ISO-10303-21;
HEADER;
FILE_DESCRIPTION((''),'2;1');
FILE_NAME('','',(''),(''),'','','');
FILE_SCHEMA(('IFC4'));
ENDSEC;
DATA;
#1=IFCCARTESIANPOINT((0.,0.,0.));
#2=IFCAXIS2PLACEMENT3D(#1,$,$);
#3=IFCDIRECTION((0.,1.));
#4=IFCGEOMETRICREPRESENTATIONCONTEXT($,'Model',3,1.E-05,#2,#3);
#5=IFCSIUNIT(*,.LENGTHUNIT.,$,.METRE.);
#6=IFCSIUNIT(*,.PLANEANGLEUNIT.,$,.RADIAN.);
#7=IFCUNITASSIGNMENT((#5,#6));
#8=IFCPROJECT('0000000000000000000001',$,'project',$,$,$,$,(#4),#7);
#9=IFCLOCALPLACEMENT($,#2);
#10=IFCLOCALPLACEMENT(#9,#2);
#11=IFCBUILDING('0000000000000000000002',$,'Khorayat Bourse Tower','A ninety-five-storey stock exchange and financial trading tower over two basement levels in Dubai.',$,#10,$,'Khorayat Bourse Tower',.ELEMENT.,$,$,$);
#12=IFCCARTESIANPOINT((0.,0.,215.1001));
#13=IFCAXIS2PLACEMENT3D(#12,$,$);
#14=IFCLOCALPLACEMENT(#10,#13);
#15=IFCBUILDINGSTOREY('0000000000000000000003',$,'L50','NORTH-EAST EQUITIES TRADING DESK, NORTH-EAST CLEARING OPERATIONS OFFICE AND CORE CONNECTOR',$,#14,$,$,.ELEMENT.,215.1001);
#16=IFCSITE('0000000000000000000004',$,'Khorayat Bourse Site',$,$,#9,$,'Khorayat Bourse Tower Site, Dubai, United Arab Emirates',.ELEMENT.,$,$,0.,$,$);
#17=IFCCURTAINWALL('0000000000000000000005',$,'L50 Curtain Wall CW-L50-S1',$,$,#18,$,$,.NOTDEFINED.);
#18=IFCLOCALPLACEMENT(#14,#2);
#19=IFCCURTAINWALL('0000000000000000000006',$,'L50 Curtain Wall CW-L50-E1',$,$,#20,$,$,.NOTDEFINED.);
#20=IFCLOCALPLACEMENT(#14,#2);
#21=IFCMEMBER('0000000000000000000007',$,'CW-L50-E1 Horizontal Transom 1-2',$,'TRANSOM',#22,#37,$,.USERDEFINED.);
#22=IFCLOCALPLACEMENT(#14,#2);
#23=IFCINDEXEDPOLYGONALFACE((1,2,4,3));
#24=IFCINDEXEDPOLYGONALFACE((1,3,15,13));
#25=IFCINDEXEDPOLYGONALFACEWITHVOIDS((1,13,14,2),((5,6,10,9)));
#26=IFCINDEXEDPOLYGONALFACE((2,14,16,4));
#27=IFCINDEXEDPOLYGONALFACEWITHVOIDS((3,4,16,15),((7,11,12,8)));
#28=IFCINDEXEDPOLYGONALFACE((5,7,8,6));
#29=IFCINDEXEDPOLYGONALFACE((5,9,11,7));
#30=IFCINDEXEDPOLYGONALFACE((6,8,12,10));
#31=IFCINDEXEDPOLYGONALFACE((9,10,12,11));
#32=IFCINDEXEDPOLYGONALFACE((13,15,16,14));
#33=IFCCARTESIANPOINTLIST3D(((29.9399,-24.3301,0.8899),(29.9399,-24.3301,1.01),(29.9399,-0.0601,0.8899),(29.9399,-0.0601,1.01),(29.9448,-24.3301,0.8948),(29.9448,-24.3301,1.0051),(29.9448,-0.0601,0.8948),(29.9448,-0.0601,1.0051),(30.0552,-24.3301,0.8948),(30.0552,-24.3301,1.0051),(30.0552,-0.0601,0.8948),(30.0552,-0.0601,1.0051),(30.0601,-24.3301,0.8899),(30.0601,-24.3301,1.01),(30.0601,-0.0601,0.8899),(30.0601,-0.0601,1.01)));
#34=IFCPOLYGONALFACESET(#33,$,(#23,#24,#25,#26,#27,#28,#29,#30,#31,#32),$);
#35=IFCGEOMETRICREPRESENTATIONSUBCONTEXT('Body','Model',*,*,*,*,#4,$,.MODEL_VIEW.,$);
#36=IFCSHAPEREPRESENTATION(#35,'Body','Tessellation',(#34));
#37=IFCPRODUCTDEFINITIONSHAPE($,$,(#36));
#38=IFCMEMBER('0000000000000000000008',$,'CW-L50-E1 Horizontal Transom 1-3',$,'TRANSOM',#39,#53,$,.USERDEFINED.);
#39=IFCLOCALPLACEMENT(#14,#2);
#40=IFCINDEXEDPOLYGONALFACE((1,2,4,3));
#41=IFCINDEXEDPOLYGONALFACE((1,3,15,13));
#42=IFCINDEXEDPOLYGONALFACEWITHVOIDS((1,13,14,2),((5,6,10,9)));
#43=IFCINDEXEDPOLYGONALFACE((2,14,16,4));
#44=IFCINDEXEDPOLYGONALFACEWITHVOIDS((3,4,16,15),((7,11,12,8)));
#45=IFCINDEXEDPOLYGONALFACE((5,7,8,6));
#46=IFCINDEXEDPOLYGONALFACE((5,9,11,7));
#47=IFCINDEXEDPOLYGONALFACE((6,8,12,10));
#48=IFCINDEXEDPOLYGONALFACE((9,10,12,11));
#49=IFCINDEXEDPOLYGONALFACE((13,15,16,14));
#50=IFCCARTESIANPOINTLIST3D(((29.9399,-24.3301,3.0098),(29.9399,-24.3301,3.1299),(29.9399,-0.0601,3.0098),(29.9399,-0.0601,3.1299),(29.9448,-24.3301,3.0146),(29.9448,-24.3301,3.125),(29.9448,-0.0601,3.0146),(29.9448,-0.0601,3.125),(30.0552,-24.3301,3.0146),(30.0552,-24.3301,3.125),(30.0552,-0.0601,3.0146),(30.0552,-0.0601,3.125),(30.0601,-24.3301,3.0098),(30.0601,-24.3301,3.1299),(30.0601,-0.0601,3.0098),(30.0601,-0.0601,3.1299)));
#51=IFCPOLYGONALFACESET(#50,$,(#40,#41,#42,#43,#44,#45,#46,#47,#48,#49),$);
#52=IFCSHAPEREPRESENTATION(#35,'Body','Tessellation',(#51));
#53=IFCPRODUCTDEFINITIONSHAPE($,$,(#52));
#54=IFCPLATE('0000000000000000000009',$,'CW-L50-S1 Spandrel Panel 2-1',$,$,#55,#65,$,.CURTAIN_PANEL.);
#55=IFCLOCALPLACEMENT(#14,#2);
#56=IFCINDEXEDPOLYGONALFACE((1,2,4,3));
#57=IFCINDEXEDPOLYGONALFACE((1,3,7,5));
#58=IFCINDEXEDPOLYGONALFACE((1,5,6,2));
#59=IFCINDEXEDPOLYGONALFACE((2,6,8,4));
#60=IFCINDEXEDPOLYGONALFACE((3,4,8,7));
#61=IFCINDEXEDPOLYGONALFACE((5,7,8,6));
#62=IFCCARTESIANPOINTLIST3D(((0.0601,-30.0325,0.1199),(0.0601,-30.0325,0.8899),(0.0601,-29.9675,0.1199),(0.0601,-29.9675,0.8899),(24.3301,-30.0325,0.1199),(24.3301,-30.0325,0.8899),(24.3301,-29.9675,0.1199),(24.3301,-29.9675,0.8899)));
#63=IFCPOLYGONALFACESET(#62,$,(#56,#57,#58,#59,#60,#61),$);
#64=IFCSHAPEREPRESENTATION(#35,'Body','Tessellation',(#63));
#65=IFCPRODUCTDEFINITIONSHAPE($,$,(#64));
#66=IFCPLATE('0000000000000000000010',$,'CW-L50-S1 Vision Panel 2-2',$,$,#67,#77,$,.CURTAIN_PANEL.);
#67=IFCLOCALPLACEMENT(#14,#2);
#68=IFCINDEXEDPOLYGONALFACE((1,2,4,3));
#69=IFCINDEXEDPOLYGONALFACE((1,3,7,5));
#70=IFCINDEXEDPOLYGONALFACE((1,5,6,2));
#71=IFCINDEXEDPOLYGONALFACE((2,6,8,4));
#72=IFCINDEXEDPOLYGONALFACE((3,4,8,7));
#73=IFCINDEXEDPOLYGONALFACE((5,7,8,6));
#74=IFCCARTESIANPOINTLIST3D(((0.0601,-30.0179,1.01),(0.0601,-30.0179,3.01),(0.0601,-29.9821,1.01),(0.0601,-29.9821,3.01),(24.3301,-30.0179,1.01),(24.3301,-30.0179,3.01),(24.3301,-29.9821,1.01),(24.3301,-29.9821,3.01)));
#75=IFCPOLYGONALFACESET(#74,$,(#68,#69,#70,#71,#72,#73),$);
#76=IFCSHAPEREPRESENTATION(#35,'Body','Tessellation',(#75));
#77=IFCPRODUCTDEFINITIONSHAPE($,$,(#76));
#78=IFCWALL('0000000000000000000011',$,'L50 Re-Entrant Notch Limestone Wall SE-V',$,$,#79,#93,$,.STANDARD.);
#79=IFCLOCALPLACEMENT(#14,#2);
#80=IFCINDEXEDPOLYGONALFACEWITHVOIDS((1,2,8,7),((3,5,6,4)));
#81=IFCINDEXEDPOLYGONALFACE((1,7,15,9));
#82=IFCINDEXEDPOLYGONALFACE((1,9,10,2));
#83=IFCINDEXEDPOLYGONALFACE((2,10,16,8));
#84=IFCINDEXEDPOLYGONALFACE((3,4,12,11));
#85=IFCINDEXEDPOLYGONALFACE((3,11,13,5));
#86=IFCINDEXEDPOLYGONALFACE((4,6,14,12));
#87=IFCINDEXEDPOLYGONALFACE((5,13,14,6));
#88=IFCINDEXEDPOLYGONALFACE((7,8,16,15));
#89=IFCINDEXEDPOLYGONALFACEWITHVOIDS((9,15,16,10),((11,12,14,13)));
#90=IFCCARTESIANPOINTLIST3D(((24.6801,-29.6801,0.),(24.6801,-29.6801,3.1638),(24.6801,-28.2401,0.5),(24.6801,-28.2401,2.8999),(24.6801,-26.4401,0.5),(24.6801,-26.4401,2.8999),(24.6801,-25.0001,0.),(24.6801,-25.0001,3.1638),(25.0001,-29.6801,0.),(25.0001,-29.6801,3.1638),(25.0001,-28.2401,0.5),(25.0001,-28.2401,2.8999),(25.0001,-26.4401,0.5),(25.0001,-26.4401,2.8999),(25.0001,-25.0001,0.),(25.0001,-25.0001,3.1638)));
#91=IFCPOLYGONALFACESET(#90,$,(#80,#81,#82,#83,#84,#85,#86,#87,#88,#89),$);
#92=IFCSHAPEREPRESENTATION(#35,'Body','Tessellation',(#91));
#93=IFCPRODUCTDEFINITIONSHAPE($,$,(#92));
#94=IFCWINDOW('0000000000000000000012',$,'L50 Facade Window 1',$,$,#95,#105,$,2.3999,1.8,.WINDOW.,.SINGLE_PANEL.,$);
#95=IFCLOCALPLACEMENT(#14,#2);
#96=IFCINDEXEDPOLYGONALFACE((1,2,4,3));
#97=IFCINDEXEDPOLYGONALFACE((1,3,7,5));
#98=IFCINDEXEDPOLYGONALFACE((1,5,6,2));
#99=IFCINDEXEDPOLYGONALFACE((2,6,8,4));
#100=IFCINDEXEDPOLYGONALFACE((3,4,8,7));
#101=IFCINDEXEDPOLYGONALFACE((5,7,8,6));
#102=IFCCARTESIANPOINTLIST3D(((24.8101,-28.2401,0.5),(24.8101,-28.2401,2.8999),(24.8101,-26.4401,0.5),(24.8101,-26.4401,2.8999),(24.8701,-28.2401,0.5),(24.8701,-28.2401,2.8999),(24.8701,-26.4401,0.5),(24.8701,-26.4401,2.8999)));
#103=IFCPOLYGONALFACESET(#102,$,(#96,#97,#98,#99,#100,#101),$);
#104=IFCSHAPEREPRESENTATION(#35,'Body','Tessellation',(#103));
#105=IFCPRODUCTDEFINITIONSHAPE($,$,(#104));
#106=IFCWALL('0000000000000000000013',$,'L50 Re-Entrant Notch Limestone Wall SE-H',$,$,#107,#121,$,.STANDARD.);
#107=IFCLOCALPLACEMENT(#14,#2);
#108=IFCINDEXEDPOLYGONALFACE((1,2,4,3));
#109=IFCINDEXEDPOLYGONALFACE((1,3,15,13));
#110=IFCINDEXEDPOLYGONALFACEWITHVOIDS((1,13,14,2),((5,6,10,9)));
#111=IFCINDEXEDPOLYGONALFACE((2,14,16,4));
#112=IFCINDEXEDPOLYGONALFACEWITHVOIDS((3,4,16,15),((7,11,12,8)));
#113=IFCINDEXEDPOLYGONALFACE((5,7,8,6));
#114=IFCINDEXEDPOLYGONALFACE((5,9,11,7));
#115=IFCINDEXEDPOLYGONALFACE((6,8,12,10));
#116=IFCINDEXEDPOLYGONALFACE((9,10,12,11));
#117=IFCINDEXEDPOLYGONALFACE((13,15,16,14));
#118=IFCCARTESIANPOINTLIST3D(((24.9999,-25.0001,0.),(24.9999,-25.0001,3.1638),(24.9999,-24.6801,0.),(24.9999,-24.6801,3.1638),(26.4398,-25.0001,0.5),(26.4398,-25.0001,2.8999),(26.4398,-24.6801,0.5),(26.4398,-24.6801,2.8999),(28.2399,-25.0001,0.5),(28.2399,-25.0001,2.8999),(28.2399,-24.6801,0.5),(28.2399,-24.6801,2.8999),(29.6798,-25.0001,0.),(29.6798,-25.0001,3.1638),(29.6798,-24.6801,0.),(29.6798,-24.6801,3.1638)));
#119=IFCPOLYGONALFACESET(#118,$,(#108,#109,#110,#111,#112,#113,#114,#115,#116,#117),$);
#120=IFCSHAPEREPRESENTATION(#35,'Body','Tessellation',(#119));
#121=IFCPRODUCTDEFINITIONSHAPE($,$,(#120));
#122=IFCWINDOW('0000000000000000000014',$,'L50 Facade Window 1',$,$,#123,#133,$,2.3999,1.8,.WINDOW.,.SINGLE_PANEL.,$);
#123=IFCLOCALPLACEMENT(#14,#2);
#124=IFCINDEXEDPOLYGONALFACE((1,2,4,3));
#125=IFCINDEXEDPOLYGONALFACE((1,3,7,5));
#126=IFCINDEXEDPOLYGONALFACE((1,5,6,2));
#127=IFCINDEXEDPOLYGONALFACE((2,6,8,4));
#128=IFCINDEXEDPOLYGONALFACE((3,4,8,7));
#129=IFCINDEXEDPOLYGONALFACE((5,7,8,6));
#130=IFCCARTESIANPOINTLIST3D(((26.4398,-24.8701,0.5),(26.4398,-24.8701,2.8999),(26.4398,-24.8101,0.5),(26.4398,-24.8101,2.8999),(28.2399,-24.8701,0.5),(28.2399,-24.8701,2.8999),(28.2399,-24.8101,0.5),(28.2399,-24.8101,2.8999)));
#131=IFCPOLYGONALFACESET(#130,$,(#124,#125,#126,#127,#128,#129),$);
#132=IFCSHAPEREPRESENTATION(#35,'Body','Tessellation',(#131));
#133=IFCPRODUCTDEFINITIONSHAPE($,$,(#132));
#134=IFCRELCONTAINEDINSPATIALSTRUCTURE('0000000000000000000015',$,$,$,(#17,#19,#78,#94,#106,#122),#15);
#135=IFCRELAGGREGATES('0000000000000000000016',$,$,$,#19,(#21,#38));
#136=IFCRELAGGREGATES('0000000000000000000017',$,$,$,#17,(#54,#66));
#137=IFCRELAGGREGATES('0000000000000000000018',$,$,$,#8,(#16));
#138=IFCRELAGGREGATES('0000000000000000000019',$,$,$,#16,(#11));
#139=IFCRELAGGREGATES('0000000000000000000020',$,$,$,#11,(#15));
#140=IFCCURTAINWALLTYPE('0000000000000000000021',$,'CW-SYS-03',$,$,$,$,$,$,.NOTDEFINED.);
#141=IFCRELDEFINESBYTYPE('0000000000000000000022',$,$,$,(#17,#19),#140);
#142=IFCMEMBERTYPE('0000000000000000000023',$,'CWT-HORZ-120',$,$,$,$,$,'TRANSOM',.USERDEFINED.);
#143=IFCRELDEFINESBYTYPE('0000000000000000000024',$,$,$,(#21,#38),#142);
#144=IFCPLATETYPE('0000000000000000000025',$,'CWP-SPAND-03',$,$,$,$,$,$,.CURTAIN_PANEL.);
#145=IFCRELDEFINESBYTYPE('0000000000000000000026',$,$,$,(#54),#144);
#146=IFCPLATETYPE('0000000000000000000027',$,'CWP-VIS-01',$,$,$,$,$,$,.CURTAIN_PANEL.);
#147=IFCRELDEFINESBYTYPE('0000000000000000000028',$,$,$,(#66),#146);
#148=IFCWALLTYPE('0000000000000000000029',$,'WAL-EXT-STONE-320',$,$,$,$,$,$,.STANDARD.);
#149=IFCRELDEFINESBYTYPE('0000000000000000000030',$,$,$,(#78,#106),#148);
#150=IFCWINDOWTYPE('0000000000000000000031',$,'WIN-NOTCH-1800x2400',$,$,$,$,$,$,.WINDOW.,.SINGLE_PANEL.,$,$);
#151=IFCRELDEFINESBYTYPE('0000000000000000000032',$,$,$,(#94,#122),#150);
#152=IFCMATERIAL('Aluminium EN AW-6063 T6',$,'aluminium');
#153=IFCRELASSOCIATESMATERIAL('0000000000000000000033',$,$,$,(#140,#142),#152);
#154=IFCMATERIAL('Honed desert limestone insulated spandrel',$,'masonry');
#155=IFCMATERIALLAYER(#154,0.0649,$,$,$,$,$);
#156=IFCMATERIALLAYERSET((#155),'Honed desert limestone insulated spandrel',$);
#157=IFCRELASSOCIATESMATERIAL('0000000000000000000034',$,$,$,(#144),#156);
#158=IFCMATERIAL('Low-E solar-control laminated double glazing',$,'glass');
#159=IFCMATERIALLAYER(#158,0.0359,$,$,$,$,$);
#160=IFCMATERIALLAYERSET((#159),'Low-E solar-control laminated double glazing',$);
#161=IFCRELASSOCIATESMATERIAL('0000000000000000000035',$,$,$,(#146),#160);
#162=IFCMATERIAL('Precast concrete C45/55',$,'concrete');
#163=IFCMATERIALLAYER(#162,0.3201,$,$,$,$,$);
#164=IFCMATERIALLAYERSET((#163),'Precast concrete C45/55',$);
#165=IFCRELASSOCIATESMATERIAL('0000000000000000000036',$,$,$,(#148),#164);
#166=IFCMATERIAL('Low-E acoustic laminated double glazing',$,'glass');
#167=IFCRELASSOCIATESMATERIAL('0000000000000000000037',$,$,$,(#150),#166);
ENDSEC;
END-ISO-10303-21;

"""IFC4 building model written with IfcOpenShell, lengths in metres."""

from ifc_helpers import new_model, si_unit, direction, frame, frame_2d, origin, origin_2d, place, context, subcontext, project, spatial, rectangle, hollow_rectangle, extrude, source, transform, mapped, material, layer, layer_set, material_profile, profile_set, type_object, element, fill, aggregate, save


model = new_model("IFC4")

# Units and contexts
model_context = context("Model", 3, precision=1e-05, world=origin(), true_north=direction((0.0, 1.0)))
body_context = subcontext(model_context, "Body", "Model", "MODEL_VIEW")
ifc_project = project(units=[si_unit("LENGTHUNIT", "METRE"), si_unit("PLANEANGLEUNIT", "RADIAN")], contexts=[model_context])

# Site, building, storey
site_placement = place(None, origin())
site = spatial("IfcSite", under=ifc_project, at=site_placement, Name="Khorayat Bourse Site", LongName="Khorayat Bourse Tower Site, Dubai, United Arab Emirates", CompositionType="ELEMENT", RefElevation=0.0)
building_placement = place(site_placement, origin())
building = spatial("IfcBuilding", under=site, at=building_placement, Name="Khorayat Bourse Tower", Description="A ninety-five-storey stock exchange and financial trading tower over two basement levels in Dubai.", LongName="Khorayat Bourse Tower", CompositionType="ELEMENT")
storey_placement = place(building_placement, frame((0.0, 0.0, 215.1001)))
storey = spatial("IfcBuildingStorey", under=building, at=storey_placement, Name="L50", Description="NORTH-EAST EQUITIES TRADING DESK, NORTH-EAST CLEARING OPERATIONS OFFICE AND CORE CONNECTOR", CompositionType="ELEMENT", Elevation=215.1001)

# Curtain walls
ifc_material_1 = material(Name="Aluminium EN AW-6063 T6", Category="aluminium")
curtain_wall_type = type_object("IfcCurtainWallType", Name="CW-SYS-03", PredefinedType="NOTDEFINED", material=ifc_material_1)
curtain_wall_1_placement = place(storey_placement, origin())
curtain_wall_1 = element("IfcCurtainWall", 1, at=curtain_wall_1_placement, inside=storey, type_object=curtain_wall_type, Name="L50 Curtain Wall CW-L50-S1", PredefinedType="NOTDEFINED")
curtain_wall_2_placement = place(storey_placement, origin())
curtain_wall_2 = element("IfcCurtainWall", 2, at=curtain_wall_2_placement, inside=storey, type_object=curtain_wall_type, Name="L50 Curtain Wall CW-L50-E1", PredefinedType="NOTDEFINED")

# Members
ifc_material_profile_1 = material_profile(ifc_material_1, hollow_rectangle(XDim=0.1201, YDim=0.1201, WallThickness=0.0049, at=origin_2d()), Name="ALU 120x120x5")
ifc_profile_set_1 = profile_set([ifc_material_profile_1], Name="Aluminium EN AW-6063 T6")
member_type_1 = type_object("IfcMemberType", Name="CWT-HORZ-120", ElementType="TRANSOM", PredefinedType="USERDEFINED", material=ifc_profile_set_1)
shared_shape_1 = source(origin(), body_context, "Body", "SweptSolid", [
    extrude(hollow_rectangle(XDim=0.1201, YDim=0.1201, WallThickness=0.0049, at=origin_2d()), origin(), (0.0, 0.0, 1.0), 24.27),
])
member_1_placement = place(storey_placement, frame((30.0, -24.3301, 0.95), z_axis=(0.0, 1.0, 0.0), x_axis=(-1.0, 0.0, 0.0)))
member_1 = element("IfcMember", 3, at=member_1_placement, type_object=member_type_1, Name="CW-L50-E1 Horizontal Transom 1-2", ObjectType="TRANSOM", PredefinedType="USERDEFINED", context=body_context, shape_type="MappedRepresentation", body=[
    mapped(shared_shape_1, transform((0.0, 0.0, 0.0), scale=1.0)),
])
member_2_placement = place(storey_placement, frame((30.0, -24.3301, 3.0698), z_axis=(0.0, 1.0, 0.0), x_axis=(-1.0, 0.0, 0.0)))
member_2 = element("IfcMember", 4, at=member_2_placement, type_object=member_type_1, Name="CW-L50-E1 Horizontal Transom 1-3", ObjectType="TRANSOM", PredefinedType="USERDEFINED", context=body_context, shape_type="MappedRepresentation", body=[
    mapped(shared_shape_1, transform((0.0, 0.0, 0.0), scale=1.0)),
])
aggregate(curtain_wall_2, [member_1, member_2])

# Plates
ifc_material_2 = material(Name="Honed desert limestone insulated spandrel", Category="masonry")
ifc_layer_1 = layer(ifc_material_2, 0.0649)
ifc_layer_set_1 = layer_set([ifc_layer_1], Name="Honed desert limestone insulated spandrel")
plate_type_1 = type_object("IfcPlateType", Name="CWP-SPAND-03", PredefinedType="CURTAIN_PANEL", material=ifc_layer_set_1)
shared_shape_2 = source(origin(), body_context, "Body", "SweptSolid", [
    extrude(rectangle(XDim=24.27, YDim=0.0649, at=origin_2d()), origin(), (0.0, 0.0, 1.0), 0.77),
])
plate_1_placement = place(storey_placement, frame((12.1951, -30.0, 0.1199), z_axis=(0.0, 0.0, 1.0), x_axis=(1.0, 0.0, 0.0)))
plate_1 = element("IfcPlate", 5, at=plate_1_placement, type_object=plate_type_1, Name="CW-L50-S1 Spandrel Panel 2-1", PredefinedType="CURTAIN_PANEL", context=body_context, shape_type="MappedRepresentation", body=[
    mapped(shared_shape_2, transform((0.0, 0.0, 0.0), scale=1.0)),
])
ifc_material_3 = material(Name="Low-E solar-control laminated double glazing", Category="glass")
ifc_layer_2 = layer(ifc_material_3, 0.0359)
ifc_layer_set_2 = layer_set([ifc_layer_2], Name="Low-E solar-control laminated double glazing")
plate_type_2 = type_object("IfcPlateType", Name="CWP-VIS-01", PredefinedType="CURTAIN_PANEL", material=ifc_layer_set_2)
shared_shape_3 = source(origin(), body_context, "Body", "SweptSolid", [
    extrude(rectangle(XDim=24.27, YDim=0.0359, at=origin_2d()), origin(), (0.0, 0.0, 1.0), 2.0),
])
plate_2_placement = place(storey_placement, frame((12.1951, -30.0, 1.01), z_axis=(0.0, 0.0, 1.0), x_axis=(1.0, 0.0, 0.0)))
plate_2 = element("IfcPlate", 6, at=plate_2_placement, type_object=plate_type_2, Name="CW-L50-S1 Vision Panel 2-2", PredefinedType="CURTAIN_PANEL", context=body_context, shape_type="MappedRepresentation", body=[
    mapped(shared_shape_3, transform((0.0, 0.0, 0.0), scale=1.0)),
])
aggregate(curtain_wall_1, [plate_1, plate_2])

# Walls, openings, windows
ifc_material_4 = material(Name="Precast concrete C45/55", Category="concrete")
ifc_layer_3 = layer(ifc_material_4, 0.3201)
ifc_layer_set_3 = layer_set([ifc_layer_3], Name="Precast concrete C45/55")
wall_type = type_object("IfcWallType", Name="WAL-EXT-STONE-320", PredefinedType="STANDARD", material=ifc_layer_set_3)
shared_shape_4 = source(origin(), body_context, "Body", "SweptSolid", [
    extrude(rectangle(XDim=4.6799, YDim=0.3201, at=frame_2d((2.3398, 0.0))), origin(), (0.0, 0.0, 1.0), 3.1638),
])
wall_1_placement = place(storey_placement, frame((24.8401, -29.6799, 0.0), z_axis=(0.0, 0.0, 1.0), x_axis=(0.0, 1.0, 0.0)))
wall_1 = element("IfcWall", 7, at=wall_1_placement, inside=storey, type_object=wall_type, Name="L50 Re-Entrant Notch Limestone Wall SE-V", PredefinedType="STANDARD", context=body_context, shape_type="MappedRepresentation", body=[
    mapped(shared_shape_4, transform((0.0, 0.0, 0.0), scale=1.0)),
])
shared_shape_5 = source(origin(), body_context, "Body", "SweptSolid", [
    extrude(rectangle(XDim=1.8, YDim=2.3999, at=frame_2d((0.8999, 1.2))), frame((0.0, 0.1699, 0.0), z_axis=(0.0, -1.0, 0.0), x_axis=(1.0, 0.0, 0.0)), (0.0, 0.0, 1.0), 0.3401),
])
opening_1_placement = place(wall_1_placement, frame((1.4399, 0.0, 0.5)))
opening_1 = element("IfcOpeningElement", 8, at=opening_1_placement, cuts=wall_1, PredefinedType="OPENING", context=body_context, shape_type="MappedRepresentation", body=[
    mapped(shared_shape_5, transform((0.0, 0.0, 0.0), scale=1.0)),
])
ifc_material_5 = material(Name="Low-E acoustic laminated double glazing", Category="glass")
window_type = type_object("IfcWindowType", Name="WIN-NOTCH-1800x2400", PartitioningType="SINGLE_PANEL", PredefinedType="WINDOW", material=ifc_material_5)
shared_shape_6 = source(origin(), body_context, "Body", "SweptSolid", [
    extrude(rectangle(XDim=1.8, YDim=2.3999, at=frame_2d((0.8999, 1.2))), frame((0.0, 0.03, 0.0), z_axis=(0.0, -1.0, 0.0), x_axis=(1.0, 0.0, 0.0)), (0.0, 0.0, 1.0), 0.0601),
])
window_1_placement = place(opening_1_placement, origin())
window_1 = element("IfcWindow", 9, at=window_1_placement, inside=storey, type_object=window_type, Name="L50 Facade Window 1", OverallHeight=2.3999, OverallWidth=1.8, PartitioningType="SINGLE_PANEL", PredefinedType="WINDOW", context=body_context, shape_type="MappedRepresentation", body=[
    mapped(shared_shape_6, transform((0.0, 0.0, 0.0), scale=1.0)),
])
fill(opening_1, window_1)
wall_2_placement = place(storey_placement, frame((25.0, -24.8401, 0.0), z_axis=(0.0, 0.0, 1.0), x_axis=(1.0, 0.0, 0.0)))
wall_2 = element("IfcWall", 10, at=wall_2_placement, inside=storey, type_object=wall_type, Name="L50 Re-Entrant Notch Limestone Wall SE-H", PredefinedType="STANDARD", context=body_context, shape_type="MappedRepresentation", body=[
    mapped(shared_shape_4, transform((0.0, 0.0, 0.0), scale=1.0)),
])
opening_2_placement = place(wall_2_placement, frame((1.4399, 0.0, 0.5)))
opening_2 = element("IfcOpeningElement", 11, at=opening_2_placement, cuts=wall_2, PredefinedType="OPENING", context=body_context, shape_type="MappedRepresentation", body=[
    mapped(shared_shape_5, transform((0.0, 0.0, 0.0), scale=1.0)),
])
window_2_placement = place(opening_2_placement, origin())
window_2 = element("IfcWindow", 12, at=window_2_placement, inside=storey, type_object=window_type, Name="L50 Facade Window 1", OverallHeight=2.3999, OverallWidth=1.8, PartitioningType="SINGLE_PANEL", PredefinedType="WINDOW", context=body_context, shape_type="MappedRepresentation", body=[
    mapped(shared_shape_6, transform((0.0, 0.0, 0.0), scale=1.0)),
])
fill(opening_2, window_2)

save(model, "model.ifc")
